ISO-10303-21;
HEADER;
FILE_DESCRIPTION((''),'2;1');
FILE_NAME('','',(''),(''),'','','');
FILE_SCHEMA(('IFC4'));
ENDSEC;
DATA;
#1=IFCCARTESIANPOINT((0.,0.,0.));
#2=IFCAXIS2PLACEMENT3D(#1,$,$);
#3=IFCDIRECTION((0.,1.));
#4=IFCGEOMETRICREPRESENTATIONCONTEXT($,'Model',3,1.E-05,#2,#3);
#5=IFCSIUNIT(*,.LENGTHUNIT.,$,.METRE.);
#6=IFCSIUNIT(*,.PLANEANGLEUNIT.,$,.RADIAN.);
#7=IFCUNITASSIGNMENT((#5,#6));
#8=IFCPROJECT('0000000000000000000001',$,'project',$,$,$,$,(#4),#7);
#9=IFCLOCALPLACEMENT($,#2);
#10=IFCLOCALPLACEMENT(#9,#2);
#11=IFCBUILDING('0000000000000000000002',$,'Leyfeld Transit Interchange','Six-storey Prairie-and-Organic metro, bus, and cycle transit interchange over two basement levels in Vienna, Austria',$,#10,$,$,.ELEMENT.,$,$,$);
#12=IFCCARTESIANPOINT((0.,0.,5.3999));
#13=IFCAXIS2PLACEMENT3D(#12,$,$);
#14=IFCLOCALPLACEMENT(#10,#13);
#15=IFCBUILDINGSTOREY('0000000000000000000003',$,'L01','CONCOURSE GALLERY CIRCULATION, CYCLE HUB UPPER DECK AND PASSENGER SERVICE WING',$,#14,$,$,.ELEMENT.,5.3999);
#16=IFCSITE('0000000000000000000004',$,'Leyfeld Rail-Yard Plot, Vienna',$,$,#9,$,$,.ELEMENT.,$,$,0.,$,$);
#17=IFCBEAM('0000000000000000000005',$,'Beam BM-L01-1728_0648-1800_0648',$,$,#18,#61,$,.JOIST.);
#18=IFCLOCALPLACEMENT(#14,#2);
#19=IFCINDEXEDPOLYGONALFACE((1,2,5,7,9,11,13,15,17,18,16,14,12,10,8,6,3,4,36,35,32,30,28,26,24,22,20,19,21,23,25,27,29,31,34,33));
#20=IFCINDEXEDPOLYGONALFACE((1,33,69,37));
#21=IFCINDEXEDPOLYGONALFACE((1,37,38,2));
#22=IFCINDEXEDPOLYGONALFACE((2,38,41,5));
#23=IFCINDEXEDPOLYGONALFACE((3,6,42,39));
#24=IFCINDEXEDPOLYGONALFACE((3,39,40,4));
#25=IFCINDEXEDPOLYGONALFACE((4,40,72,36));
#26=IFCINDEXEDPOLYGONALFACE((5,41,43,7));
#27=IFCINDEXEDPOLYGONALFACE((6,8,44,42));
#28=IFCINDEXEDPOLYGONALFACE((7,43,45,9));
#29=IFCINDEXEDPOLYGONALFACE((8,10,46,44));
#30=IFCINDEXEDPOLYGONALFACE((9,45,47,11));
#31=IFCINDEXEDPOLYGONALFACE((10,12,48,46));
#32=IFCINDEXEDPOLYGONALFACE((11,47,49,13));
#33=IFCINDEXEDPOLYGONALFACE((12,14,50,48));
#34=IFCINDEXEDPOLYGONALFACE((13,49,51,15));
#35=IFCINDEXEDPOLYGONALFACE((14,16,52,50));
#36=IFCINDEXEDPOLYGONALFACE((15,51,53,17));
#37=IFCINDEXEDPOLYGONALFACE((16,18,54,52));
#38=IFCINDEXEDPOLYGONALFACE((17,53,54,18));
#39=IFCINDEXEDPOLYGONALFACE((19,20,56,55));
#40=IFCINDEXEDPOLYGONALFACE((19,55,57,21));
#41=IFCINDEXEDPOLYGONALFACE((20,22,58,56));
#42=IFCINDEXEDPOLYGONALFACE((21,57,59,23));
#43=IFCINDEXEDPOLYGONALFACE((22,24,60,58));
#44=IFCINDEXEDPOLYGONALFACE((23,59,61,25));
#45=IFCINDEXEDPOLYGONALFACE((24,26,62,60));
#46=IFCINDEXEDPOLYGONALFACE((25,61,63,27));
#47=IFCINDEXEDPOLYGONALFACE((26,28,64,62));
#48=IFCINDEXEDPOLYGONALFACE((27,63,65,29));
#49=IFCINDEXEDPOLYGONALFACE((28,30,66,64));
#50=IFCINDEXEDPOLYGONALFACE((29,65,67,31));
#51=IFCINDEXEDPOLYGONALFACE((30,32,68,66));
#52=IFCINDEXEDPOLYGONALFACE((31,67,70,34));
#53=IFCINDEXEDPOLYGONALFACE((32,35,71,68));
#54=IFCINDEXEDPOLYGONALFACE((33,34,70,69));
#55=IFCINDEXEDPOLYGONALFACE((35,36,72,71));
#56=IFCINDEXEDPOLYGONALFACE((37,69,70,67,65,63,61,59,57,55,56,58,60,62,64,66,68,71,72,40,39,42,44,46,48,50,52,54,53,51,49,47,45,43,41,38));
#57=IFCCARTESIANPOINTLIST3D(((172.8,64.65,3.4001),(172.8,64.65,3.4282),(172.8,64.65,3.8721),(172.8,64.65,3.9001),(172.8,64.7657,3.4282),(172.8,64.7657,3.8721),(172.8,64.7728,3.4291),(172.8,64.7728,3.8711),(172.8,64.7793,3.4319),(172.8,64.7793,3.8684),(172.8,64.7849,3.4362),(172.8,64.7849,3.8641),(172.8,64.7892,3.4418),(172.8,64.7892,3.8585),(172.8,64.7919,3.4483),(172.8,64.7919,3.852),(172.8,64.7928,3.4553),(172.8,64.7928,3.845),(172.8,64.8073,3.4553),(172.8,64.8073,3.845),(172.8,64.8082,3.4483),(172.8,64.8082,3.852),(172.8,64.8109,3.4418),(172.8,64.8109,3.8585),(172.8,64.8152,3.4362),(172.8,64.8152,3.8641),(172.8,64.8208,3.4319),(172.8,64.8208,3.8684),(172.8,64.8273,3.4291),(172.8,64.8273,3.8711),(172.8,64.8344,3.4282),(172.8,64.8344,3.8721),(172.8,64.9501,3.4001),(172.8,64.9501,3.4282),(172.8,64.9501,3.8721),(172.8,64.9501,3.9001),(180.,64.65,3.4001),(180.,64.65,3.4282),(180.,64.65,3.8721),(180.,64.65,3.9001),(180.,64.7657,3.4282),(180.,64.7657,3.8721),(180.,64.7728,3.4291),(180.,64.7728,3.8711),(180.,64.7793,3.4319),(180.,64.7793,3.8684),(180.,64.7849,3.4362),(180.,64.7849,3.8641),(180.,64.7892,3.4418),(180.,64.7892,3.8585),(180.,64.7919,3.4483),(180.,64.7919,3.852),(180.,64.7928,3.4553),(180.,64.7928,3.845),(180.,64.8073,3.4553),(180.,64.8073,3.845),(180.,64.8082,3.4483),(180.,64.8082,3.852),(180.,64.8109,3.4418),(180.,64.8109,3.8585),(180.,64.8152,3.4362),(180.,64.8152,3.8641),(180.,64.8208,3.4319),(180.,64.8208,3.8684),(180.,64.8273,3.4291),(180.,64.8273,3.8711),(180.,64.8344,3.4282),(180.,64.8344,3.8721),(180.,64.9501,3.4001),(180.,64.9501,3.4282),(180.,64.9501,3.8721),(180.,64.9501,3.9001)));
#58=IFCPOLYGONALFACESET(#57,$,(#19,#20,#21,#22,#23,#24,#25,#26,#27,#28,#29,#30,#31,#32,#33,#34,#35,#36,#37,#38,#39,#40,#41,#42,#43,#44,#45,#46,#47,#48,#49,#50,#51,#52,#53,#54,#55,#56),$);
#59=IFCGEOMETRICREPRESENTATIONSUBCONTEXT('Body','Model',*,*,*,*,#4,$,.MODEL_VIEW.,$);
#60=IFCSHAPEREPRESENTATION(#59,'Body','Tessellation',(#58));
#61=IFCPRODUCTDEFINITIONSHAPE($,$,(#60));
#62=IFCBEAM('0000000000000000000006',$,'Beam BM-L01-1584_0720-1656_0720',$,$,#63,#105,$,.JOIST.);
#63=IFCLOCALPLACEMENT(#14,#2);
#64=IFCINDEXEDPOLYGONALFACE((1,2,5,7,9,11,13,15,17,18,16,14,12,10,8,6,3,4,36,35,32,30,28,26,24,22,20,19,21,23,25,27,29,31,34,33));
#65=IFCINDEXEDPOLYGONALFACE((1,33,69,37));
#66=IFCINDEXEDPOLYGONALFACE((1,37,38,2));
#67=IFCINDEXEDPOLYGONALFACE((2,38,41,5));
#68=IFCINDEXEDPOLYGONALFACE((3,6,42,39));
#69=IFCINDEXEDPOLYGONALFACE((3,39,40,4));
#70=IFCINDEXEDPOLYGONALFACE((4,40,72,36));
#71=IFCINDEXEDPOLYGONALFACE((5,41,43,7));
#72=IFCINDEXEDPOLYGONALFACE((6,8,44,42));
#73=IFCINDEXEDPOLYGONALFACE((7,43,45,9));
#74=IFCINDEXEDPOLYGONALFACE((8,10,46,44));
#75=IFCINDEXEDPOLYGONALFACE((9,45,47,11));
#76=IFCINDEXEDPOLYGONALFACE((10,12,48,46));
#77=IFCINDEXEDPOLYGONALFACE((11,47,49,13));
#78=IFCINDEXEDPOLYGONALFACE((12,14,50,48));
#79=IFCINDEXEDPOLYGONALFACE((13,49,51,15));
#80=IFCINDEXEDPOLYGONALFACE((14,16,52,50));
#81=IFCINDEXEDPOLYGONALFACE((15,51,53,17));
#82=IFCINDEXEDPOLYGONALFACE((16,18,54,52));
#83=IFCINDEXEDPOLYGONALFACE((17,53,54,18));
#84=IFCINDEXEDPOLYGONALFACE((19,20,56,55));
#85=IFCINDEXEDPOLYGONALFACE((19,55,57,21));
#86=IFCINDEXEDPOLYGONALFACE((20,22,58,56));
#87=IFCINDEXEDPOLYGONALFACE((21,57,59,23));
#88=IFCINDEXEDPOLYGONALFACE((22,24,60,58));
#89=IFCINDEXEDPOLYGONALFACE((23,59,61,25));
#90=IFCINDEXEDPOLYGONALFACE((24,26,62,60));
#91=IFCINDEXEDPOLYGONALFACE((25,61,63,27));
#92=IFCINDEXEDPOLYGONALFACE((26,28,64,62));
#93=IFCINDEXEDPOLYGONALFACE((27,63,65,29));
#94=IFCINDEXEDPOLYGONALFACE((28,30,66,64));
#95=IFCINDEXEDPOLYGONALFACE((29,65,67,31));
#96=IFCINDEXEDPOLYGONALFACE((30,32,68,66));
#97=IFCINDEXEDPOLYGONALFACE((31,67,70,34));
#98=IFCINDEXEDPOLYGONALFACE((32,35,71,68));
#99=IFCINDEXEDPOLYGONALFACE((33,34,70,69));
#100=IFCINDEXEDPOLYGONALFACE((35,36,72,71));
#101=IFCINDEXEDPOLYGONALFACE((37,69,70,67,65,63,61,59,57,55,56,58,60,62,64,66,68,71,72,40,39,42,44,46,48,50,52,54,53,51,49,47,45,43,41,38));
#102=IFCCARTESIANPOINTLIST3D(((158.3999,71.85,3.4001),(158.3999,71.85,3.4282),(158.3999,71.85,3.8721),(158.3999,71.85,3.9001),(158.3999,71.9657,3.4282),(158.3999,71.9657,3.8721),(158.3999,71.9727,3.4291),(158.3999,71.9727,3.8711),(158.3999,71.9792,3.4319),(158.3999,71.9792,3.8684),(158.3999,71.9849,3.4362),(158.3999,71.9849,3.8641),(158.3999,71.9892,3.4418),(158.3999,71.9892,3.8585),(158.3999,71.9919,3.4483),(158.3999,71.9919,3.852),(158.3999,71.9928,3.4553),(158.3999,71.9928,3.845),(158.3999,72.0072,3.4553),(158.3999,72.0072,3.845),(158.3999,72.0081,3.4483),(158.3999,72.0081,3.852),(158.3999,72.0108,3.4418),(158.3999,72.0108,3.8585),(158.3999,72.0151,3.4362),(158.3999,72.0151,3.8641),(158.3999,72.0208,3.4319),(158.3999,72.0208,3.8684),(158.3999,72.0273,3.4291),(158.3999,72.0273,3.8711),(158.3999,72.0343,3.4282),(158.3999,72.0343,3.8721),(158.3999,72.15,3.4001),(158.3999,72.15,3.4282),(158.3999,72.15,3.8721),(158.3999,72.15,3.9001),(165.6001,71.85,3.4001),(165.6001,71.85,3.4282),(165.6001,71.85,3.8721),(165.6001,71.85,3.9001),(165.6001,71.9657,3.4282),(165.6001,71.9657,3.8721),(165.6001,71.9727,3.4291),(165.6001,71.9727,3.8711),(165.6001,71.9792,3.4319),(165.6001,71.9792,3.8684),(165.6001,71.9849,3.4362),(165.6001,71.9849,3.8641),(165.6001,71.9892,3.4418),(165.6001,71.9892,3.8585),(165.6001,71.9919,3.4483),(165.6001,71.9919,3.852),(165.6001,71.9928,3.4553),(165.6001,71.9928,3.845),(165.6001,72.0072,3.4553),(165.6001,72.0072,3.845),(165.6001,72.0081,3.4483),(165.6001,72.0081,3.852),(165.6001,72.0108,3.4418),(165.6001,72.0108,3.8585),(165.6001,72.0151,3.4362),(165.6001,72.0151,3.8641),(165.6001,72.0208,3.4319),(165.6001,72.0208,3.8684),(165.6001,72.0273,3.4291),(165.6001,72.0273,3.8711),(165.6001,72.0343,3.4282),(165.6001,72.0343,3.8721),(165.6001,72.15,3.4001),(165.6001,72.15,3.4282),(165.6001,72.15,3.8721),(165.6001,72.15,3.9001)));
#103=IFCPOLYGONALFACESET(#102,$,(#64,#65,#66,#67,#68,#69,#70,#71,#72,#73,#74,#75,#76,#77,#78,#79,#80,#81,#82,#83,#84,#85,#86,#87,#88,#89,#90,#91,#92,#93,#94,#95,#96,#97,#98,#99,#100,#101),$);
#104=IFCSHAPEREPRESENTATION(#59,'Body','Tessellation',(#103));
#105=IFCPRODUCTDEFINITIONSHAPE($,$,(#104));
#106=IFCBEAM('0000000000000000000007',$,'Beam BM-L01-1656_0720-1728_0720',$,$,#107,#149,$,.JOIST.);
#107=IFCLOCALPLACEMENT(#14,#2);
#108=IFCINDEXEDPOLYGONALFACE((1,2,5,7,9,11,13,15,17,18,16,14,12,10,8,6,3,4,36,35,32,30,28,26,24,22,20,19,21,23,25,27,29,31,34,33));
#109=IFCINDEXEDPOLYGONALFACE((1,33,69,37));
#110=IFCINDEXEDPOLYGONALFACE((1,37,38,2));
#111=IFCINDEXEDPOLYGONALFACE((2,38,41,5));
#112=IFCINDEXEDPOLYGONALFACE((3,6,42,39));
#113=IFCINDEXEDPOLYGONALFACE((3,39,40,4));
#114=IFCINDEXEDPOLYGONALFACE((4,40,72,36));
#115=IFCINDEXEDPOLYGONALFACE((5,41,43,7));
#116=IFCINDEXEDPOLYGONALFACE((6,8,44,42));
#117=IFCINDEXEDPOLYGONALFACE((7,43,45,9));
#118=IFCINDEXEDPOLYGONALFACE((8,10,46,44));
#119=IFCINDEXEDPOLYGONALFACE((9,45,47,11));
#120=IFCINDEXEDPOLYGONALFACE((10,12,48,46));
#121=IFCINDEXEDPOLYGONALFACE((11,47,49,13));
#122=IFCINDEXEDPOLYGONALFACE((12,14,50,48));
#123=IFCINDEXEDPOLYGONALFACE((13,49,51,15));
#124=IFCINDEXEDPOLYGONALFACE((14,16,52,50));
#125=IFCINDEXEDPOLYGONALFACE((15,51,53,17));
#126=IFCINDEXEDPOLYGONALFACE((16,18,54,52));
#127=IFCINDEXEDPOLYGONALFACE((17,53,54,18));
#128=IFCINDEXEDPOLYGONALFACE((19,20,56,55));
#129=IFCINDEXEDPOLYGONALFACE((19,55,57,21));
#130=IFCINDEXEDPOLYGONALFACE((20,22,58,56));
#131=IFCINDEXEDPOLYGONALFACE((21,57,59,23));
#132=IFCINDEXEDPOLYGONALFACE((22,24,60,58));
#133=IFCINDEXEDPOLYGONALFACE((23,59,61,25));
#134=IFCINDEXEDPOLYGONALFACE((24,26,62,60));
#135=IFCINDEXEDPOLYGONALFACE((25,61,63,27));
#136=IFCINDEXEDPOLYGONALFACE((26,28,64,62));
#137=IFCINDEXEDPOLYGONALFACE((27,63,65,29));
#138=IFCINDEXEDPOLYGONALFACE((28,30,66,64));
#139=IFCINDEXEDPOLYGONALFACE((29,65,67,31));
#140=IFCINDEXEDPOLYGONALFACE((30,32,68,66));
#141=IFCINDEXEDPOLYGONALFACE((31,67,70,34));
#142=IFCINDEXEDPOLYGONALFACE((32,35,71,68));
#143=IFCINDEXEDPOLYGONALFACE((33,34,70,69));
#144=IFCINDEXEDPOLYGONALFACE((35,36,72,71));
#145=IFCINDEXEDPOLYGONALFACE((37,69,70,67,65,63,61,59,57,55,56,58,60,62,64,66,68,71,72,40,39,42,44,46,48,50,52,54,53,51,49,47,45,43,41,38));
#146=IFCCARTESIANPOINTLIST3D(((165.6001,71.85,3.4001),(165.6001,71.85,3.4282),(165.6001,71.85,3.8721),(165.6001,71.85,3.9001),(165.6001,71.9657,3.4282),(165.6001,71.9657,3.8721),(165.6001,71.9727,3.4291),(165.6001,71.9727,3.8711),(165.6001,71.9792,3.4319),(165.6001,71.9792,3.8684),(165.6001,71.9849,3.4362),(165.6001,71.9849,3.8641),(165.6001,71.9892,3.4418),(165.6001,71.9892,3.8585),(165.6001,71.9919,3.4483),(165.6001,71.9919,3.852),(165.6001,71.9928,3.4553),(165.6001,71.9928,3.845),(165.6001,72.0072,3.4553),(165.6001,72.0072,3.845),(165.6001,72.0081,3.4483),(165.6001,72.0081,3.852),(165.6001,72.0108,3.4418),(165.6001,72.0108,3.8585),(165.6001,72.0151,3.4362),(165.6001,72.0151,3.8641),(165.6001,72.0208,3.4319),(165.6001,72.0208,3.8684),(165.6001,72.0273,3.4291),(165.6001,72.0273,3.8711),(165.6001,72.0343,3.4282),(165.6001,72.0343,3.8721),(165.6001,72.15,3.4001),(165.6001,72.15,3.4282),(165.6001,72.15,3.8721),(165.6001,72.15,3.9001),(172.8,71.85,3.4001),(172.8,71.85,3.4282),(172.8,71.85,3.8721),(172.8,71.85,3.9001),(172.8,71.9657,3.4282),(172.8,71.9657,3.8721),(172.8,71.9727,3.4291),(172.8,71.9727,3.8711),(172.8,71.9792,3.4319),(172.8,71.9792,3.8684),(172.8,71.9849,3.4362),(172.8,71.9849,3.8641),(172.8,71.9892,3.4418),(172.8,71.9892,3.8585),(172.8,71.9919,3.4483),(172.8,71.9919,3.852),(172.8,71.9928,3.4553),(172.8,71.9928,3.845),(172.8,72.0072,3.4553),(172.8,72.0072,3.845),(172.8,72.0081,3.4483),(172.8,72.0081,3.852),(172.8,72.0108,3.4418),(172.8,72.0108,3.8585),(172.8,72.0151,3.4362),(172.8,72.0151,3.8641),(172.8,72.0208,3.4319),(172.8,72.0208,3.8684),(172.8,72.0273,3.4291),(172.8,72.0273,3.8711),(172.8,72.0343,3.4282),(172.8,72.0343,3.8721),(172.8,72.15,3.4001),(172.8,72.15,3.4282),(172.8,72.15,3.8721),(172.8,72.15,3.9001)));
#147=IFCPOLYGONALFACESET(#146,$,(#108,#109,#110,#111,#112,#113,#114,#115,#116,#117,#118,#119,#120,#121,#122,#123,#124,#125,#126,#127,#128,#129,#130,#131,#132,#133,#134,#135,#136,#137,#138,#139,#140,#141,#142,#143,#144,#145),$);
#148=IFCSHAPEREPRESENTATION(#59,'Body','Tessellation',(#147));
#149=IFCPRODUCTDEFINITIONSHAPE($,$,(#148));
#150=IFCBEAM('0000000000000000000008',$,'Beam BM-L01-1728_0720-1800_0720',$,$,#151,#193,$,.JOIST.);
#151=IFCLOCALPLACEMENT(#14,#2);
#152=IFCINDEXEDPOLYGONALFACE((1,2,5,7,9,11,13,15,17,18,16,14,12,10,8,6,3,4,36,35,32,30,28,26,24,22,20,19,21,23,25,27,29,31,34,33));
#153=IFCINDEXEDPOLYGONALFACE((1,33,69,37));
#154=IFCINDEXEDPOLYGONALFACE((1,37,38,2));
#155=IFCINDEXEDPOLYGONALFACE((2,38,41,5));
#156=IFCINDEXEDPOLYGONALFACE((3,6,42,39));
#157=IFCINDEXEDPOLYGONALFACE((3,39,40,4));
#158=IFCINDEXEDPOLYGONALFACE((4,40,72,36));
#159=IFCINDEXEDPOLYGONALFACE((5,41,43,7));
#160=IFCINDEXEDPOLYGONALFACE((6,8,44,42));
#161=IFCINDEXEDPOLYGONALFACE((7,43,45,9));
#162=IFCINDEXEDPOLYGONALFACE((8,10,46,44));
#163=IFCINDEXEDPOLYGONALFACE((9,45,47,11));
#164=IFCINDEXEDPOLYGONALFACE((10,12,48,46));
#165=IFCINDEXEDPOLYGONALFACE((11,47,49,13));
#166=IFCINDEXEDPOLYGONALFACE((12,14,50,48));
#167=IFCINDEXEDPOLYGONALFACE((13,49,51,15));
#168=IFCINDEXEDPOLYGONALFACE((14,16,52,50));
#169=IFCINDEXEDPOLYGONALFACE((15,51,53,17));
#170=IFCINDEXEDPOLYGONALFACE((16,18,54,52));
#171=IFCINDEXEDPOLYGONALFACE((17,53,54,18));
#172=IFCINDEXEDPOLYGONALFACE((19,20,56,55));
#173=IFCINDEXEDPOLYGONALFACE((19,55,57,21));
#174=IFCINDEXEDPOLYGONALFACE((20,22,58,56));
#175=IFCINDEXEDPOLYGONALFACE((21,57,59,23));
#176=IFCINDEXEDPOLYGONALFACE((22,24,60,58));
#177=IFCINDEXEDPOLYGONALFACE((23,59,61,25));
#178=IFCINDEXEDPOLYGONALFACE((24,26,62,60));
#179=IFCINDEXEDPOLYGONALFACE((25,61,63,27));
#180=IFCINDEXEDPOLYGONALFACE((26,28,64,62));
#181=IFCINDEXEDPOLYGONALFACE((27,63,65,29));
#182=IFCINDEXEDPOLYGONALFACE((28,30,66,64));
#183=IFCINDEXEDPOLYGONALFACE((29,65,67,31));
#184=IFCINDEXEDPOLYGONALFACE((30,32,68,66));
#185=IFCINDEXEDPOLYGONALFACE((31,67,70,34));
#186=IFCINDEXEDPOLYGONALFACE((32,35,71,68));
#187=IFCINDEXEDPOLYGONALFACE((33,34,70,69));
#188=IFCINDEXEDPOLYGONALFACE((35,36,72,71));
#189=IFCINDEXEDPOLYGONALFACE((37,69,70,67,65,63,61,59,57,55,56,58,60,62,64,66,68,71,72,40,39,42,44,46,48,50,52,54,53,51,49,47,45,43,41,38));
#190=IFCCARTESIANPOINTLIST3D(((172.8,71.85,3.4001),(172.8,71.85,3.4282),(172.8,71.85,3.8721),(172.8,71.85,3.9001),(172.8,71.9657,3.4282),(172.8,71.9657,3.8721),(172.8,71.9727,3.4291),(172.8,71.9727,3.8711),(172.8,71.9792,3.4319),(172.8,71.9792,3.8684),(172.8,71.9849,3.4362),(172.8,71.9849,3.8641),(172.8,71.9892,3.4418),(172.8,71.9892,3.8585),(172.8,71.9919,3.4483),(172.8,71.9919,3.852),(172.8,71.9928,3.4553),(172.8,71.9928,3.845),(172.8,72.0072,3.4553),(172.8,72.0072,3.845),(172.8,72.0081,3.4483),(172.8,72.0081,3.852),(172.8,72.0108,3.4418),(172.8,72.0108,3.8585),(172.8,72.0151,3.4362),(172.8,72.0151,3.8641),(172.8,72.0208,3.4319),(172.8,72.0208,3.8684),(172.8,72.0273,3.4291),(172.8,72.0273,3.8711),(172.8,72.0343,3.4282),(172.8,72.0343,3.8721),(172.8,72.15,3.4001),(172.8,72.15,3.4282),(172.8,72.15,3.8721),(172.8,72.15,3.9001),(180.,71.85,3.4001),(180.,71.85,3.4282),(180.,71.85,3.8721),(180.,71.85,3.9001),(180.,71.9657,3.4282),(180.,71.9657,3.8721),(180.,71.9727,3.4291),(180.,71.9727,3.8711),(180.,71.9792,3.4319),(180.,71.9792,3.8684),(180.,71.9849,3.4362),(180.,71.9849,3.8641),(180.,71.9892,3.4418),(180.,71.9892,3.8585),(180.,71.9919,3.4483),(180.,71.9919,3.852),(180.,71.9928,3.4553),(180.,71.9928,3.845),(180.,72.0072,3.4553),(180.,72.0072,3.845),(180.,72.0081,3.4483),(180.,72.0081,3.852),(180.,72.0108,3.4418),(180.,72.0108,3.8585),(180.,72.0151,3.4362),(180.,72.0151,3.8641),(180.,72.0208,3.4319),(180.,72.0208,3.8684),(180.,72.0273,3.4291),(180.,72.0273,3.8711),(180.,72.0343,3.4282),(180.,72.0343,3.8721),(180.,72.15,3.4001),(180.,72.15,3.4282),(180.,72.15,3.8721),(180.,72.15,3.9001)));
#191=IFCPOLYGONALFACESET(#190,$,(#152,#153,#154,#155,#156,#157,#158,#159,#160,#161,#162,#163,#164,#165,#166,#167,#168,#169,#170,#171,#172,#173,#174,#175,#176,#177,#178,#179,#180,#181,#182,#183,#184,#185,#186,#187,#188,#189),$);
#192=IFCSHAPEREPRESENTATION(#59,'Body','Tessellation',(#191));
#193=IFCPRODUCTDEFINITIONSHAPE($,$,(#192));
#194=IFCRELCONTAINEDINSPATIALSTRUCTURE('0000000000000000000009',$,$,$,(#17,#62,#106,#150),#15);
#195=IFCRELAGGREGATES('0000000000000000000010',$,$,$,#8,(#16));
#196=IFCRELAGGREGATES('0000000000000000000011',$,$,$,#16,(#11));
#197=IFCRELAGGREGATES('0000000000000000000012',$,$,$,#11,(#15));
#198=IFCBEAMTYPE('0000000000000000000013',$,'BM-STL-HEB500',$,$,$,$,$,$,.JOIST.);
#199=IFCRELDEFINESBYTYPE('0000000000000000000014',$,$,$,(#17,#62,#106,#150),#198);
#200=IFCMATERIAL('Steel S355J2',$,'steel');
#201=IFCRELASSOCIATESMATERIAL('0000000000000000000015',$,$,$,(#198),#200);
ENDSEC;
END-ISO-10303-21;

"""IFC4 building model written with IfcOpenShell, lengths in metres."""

from ifc_helpers import new_model, si_unit, direction, frame, origin, origin_2d, place, context, subcontext, project, spatial, i_section, extrude, material, material_profile, profile_set, type_object, element, save


model = new_model("IFC4")

# Units and contexts
model_context = context("Model", 3, precision=1e-05, world=origin(), true_north=direction((0.0, 1.0)))
body_context = subcontext(model_context, "Body", "Model", "MODEL_VIEW")
ifc_project = project(units=[si_unit("LENGTHUNIT", "METRE"), si_unit("PLANEANGLEUNIT", "RADIAN")], contexts=[model_context])

# Site, building, storey
site_placement = place(None, origin())
site = spatial("IfcSite", under=ifc_project, at=site_placement, Name="Leyfeld Rail-Yard Plot, Vienna", CompositionType="ELEMENT", RefElevation=0.0)
building_placement = place(site_placement, origin())
building = spatial("IfcBuilding", under=site, at=building_placement, Name="Leyfeld Transit Interchange", Description="Six-storey Prairie-and-Organic metro, bus, and cycle transit interchange over two basement levels in Vienna, Austria", CompositionType="ELEMENT")
storey_placement = place(building_placement, frame((0.0, 0.0, 5.3999)))
storey = spatial("IfcBuildingStorey", under=building, at=storey_placement, Name="L01", Description="CONCOURSE GALLERY CIRCULATION, CYCLE HUB UPPER DECK AND PASSENGER SERVICE WING", CompositionType="ELEMENT", Elevation=5.3999)

# Beams
ifc_material_1 = material(Name="Steel S355J2", Category="steel")
ifc_material_profile_1 = material_profile(ifc_material_1, i_section(OverallWidth=0.3, OverallDepth=0.5, WebThickness=0.0144, FlangeThickness=0.0281, FilletRadius=0.0271, at=origin_2d()), Name="HEB 500")
ifc_profile_set_1 = profile_set([ifc_material_profile_1], Name="Steel S355J2")
beam_type_1 = type_object("IfcBeamType", Name="BM-STL-HEB500", PredefinedType="JOIST", material=ifc_profile_set_1)
for number, where, z_axis, x_axis, name in (
    (1, (172.8, 64.8, 3.6501), (1.0, 0.0, 0.0), (0.0, 1.0, 0.0), "Beam BM-L01-1728_0648-1800_0648"),
):
    element("IfcBeam", number, at=place(storey_placement, frame(where, z_axis=z_axis, x_axis=x_axis)), inside=storey, type_object=beam_type_1, Name=name, PredefinedType="JOIST", context=body_context, shape_type="SweptSolid", body=[
        extrude(i_section(OverallWidth=0.3, OverallDepth=0.5, WebThickness=0.0144, FlangeThickness=0.0281, FilletRadius=0.0271, at=origin_2d()), origin(), (0.0, 0.0, 1.0), 7.2),
    ])
beam_1_placement = place(storey_placement, frame((158.3999, 72.0, 3.6501), z_axis=(1.0, 0.0, 0.0), x_axis=(0.0, 1.0, 0.0)))
element("IfcBeam", 2, at=beam_1_placement, inside=storey, type_object=beam_type_1, Name="Beam BM-L01-1584_0720-1656_0720", PredefinedType="JOIST", context=body_context, shape_type="SweptSolid", body=[
    extrude(i_section(OverallWidth=0.3, OverallDepth=0.5, WebThickness=0.0144, FlangeThickness=0.0281, FilletRadius=0.0271, at=origin_2d()), origin(), (0.0, 0.0, 1.0), 7.2002),
])
for number, where, z_axis, x_axis, name in (
    (3, (165.6001, 72.0, 3.6501), (1.0, 0.0, 0.0), (0.0, 1.0, 0.0), "Beam BM-L01-1656_0720-1728_0720"),
    (4, (172.8, 72.0, 3.6501), (1.0, 0.0, 0.0), (0.0, 1.0, 0.0), "Beam BM-L01-1728_0720-1800_0720"),
):
    element("IfcBeam", number, at=place(storey_placement, frame(where, z_axis=z_axis, x_axis=x_axis)), inside=storey, type_object=beam_type_1, Name=name, PredefinedType="JOIST", context=body_context, shape_type="SweptSolid", body=[
        extrude(i_section(OverallWidth=0.3, OverallDepth=0.5, WebThickness=0.0144, FlangeThickness=0.0281, FilletRadius=0.0271, at=origin_2d()), origin(), (0.0, 0.0, 1.0), 7.2),
    ])

save(model, "model.ifc")
